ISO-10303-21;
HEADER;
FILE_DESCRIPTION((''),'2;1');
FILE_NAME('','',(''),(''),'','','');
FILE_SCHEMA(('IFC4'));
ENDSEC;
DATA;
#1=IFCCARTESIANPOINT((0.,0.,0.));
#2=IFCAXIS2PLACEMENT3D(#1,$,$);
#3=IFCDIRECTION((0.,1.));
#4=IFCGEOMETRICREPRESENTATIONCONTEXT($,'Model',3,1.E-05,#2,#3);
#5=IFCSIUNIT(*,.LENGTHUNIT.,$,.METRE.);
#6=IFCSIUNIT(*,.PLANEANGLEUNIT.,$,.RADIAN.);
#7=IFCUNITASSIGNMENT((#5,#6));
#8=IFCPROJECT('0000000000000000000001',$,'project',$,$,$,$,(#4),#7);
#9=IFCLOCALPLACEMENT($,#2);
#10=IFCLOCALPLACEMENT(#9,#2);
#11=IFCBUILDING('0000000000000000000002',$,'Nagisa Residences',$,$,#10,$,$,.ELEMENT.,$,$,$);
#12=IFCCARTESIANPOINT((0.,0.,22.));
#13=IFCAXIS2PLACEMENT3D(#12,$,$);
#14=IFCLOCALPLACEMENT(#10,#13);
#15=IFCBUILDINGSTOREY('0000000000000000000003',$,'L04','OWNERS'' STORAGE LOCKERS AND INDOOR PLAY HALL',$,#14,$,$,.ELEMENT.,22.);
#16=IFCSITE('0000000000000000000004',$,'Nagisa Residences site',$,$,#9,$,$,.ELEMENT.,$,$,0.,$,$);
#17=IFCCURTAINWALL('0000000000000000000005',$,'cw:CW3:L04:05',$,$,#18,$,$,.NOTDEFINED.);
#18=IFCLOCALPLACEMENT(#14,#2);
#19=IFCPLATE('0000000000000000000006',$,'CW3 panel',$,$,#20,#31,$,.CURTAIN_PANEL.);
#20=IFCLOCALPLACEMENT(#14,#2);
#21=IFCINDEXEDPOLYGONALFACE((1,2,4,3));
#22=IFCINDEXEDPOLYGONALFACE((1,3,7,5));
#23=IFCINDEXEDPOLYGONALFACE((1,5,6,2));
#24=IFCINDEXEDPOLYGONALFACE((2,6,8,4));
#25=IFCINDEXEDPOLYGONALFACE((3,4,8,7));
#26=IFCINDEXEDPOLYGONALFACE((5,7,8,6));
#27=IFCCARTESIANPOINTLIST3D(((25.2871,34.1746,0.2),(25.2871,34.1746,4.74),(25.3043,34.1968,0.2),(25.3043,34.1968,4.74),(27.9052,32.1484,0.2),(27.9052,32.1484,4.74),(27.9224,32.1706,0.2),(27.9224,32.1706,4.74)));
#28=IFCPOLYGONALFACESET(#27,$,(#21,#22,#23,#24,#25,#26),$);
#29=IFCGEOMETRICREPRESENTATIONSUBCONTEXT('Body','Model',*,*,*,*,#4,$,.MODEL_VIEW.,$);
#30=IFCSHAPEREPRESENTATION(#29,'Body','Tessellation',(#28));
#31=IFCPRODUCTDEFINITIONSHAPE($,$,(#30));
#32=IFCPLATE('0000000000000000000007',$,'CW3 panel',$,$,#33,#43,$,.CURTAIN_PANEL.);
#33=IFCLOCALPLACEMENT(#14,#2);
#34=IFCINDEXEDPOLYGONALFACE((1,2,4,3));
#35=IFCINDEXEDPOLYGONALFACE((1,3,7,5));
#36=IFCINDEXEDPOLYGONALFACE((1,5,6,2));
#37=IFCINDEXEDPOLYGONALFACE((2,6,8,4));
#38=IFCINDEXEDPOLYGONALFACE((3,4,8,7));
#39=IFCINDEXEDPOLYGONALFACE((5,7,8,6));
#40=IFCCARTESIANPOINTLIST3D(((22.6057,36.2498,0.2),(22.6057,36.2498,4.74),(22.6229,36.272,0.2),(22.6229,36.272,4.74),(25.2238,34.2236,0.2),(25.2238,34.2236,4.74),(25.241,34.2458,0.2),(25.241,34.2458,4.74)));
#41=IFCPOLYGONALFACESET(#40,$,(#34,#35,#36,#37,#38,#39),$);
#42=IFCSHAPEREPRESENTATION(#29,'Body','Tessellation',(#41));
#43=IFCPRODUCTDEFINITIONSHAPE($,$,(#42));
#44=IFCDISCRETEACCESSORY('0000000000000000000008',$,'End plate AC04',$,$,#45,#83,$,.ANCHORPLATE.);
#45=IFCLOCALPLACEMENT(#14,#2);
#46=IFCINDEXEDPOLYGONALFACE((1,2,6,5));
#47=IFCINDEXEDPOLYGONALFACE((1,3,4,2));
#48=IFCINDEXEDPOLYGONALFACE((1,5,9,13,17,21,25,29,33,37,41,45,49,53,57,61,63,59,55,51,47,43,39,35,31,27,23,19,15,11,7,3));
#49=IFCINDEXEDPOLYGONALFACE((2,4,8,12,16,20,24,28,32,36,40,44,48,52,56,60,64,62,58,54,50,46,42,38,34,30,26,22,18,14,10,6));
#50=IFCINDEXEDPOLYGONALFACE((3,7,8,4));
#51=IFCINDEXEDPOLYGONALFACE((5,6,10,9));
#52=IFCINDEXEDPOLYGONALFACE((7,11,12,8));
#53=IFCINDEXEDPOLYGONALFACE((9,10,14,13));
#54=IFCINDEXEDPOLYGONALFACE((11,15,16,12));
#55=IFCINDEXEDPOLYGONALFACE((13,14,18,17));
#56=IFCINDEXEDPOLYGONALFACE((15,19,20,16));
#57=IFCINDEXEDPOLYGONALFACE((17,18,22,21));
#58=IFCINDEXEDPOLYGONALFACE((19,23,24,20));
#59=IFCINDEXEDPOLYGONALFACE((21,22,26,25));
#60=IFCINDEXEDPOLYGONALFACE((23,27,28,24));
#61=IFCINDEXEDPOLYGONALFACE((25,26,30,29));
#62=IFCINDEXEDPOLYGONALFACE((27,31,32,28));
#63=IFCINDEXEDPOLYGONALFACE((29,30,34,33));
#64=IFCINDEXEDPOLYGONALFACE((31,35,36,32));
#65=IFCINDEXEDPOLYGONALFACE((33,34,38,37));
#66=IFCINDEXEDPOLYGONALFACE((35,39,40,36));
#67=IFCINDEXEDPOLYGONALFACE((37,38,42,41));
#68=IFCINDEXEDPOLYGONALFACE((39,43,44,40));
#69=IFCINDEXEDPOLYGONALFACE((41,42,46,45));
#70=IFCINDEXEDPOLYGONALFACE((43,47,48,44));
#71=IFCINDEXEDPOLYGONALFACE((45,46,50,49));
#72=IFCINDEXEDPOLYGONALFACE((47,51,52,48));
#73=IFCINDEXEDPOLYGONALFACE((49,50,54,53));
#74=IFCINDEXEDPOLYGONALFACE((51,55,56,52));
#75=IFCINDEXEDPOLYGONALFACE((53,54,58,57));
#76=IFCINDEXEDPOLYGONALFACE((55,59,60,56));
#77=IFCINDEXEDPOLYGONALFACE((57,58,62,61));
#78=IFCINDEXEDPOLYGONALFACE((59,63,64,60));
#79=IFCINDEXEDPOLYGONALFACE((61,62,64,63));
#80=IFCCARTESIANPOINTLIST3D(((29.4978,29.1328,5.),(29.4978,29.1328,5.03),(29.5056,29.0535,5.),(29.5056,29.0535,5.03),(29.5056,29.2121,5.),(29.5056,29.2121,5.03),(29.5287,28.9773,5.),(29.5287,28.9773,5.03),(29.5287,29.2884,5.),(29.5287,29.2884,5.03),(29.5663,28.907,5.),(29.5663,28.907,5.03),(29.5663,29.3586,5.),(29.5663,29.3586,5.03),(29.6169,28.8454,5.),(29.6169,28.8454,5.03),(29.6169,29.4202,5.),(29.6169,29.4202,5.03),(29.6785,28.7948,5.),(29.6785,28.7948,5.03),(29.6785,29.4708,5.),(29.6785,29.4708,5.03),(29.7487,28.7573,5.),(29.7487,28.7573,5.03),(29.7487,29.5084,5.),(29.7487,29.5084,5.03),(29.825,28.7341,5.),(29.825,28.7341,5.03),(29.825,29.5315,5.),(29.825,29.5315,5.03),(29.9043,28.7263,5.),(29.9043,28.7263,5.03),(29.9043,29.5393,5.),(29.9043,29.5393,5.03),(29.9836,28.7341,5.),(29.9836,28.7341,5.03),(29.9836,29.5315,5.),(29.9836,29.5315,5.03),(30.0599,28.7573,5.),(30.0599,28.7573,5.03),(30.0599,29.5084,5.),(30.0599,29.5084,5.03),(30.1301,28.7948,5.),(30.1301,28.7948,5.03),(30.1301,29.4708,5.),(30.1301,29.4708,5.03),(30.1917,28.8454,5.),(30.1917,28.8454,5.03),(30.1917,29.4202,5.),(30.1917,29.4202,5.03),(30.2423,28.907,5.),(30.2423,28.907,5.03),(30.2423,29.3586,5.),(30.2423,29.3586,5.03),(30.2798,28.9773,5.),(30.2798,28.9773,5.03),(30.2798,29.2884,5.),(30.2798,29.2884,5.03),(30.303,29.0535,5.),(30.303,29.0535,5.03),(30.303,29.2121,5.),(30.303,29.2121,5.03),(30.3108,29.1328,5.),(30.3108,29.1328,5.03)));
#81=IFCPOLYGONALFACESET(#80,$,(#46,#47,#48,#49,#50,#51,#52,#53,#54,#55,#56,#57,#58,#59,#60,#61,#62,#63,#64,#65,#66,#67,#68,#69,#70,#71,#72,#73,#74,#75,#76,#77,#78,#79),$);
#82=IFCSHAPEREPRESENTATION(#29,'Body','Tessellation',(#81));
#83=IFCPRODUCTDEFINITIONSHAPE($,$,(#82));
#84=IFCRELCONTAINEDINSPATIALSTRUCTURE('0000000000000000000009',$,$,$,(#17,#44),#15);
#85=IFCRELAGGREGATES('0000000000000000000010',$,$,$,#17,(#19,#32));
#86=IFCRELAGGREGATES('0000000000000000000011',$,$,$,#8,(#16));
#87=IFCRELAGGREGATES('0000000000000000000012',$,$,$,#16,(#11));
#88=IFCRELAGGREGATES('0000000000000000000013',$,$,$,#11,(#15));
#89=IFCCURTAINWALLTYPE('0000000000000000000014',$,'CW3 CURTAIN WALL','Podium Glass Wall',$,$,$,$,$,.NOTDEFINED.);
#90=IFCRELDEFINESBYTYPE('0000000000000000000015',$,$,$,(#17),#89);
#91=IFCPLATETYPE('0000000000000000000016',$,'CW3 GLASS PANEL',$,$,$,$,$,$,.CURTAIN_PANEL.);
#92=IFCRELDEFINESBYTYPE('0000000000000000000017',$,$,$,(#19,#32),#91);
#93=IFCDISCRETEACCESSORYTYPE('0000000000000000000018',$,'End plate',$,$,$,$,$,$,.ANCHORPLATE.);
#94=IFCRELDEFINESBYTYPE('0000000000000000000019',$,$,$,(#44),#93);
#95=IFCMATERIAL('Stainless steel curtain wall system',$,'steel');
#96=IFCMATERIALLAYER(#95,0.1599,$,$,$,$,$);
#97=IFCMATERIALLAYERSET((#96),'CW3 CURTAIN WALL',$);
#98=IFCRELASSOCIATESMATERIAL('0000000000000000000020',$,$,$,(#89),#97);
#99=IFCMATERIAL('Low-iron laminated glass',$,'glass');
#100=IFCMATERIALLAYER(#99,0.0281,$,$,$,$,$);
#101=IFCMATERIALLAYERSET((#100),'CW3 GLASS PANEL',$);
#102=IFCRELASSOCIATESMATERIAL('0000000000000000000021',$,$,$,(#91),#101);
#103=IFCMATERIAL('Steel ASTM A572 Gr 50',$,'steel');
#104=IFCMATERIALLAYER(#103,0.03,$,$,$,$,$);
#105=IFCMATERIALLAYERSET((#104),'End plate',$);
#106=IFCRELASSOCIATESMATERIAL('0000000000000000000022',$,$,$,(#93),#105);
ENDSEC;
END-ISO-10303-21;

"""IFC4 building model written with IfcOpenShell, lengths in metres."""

from ifc_helpers import new_model, si_unit, direction, frame, origin, origin_2d, place, context, subcontext, project, spatial, rectangle, circle, extrude, material, layer, layer_set, type_object, element, aggregate, save


model = new_model("IFC4")

# Units and contexts
model_context = context("Model", 3, precision=1e-05, world=origin(), true_north=direction((0.0, 1.0)))
body_context = subcontext(model_context, "Body", "Model", "MODEL_VIEW")
ifc_project = project(units=[si_unit("LENGTHUNIT", "METRE"), si_unit("PLANEANGLEUNIT", "RADIAN")], contexts=[model_context])

# Site, building, storey
site_placement = place(None, origin())
site = spatial("IfcSite", under=ifc_project, at=site_placement, Name="Nagisa Residences site", CompositionType="ELEMENT", RefElevation=0.0)
building_placement = place(site_placement, origin())
building = spatial("IfcBuilding", under=site, at=building_placement, Name="Nagisa Residences", CompositionType="ELEMENT")
storey_placement = place(building_placement, frame((0.0, 0.0, 22.0)))
storey = spatial("IfcBuildingStorey", under=building, at=storey_placement, Name="L04", Description="OWNERS' STORAGE LOCKERS AND INDOOR PLAY HALL", CompositionType="ELEMENT", Elevation=22.0)

# Curtain wall
ifc_material_1 = material(Name="Stainless steel curtain wall system", Category="steel")
ifc_layer_1 = layer(ifc_material_1, 0.1599)
ifc_layer_set_1 = layer_set([ifc_layer_1], Name="CW3 CURTAIN WALL")
curtain_wall_type_1 = type_object("IfcCurtainWallType", Name="CW3 CURTAIN WALL", Description="Podium Glass Wall", PredefinedType="NOTDEFINED", material=ifc_layer_set_1)
curtain_wall_1_placement = place(storey_placement, origin())
curtain_wall_1 = element("IfcCurtainWall", 1, at=curtain_wall_1_placement, inside=storey, type_object=curtain_wall_type_1, Name="cw:CW3:L04:05", PredefinedType="NOTDEFINED")

# Plates
ifc_material_2 = material(Name="Low-iron laminated glass", Category="glass")
ifc_layer_2 = layer(ifc_material_2, 0.0281)
ifc_layer_set_2 = layer_set([ifc_layer_2], Name="CW3 GLASS PANEL")
plate_type = type_object("IfcPlateType", Name="CW3 GLASS PANEL", PredefinedType="CURTAIN_PANEL", material=ifc_layer_set_2)
plate_1_placement = place(storey_placement, frame((26.6047, 33.1726, 0.2), z_axis=(0.0, 0.0, 1.0), x_axis=(-0.790831, 0.612035, 0.0)))
plate_1 = element("IfcPlate", 2, at=plate_1_placement, type_object=plate_type, Name="CW3 panel", PredefinedType="CURTAIN_PANEL", context=body_context, shape_type="SweptSolid", body=[
    extrude(rectangle(XDim=3.3105, YDim=0.0281, at=origin_2d()), origin(), (0.0, 0.0, 1.0), 4.54),
])
plate_2_placement = place(storey_placement, frame((23.9233, 35.2478, 0.2), z_axis=(0.0, 0.0, 1.0), x_axis=(-0.790831, 0.612035, 0.0)))
plate_2 = element("IfcPlate", 3, at=plate_2_placement, type_object=plate_type, Name="CW3 panel", PredefinedType="CURTAIN_PANEL", context=body_context, shape_type="SweptSolid", body=[
    extrude(rectangle(XDim=3.3105, YDim=0.0281, at=origin_2d()), origin(), (0.0, 0.0, 1.0), 4.54),
])
aggregate(curtain_wall_1, [plate_1, plate_2])

# Discrete accessory
ifc_material_3 = material(Name="Steel ASTM A572 Gr 50", Category="steel")
ifc_layer_3 = layer(ifc_material_3, 0.03)
ifc_layer_set_3 = layer_set([ifc_layer_3], Name="End plate")
discrete_accessory_type = type_object("IfcDiscreteAccessoryType", Name="End plate", PredefinedType="ANCHORPLATE", material=ifc_layer_set_3)
discrete_accessory_placement = place(storey_placement, frame((29.9043, 29.1328, 5.0), z_axis=(0.0, 0.0, 1.0), x_axis=(1.0, 0.0, 0.0)))
element("IfcDiscreteAccessory", 4, at=discrete_accessory_placement, inside=storey, type_object=discrete_accessory_type, Name="End plate AC04", PredefinedType="ANCHORPLATE", context=body_context, shape_type="SweptSolid", body=[
    extrude(circle(Radius=0.4065, at=origin_2d()), origin(), (0.0, 0.0, 1.0), 0.03),
])

save(model, "model.ifc")
